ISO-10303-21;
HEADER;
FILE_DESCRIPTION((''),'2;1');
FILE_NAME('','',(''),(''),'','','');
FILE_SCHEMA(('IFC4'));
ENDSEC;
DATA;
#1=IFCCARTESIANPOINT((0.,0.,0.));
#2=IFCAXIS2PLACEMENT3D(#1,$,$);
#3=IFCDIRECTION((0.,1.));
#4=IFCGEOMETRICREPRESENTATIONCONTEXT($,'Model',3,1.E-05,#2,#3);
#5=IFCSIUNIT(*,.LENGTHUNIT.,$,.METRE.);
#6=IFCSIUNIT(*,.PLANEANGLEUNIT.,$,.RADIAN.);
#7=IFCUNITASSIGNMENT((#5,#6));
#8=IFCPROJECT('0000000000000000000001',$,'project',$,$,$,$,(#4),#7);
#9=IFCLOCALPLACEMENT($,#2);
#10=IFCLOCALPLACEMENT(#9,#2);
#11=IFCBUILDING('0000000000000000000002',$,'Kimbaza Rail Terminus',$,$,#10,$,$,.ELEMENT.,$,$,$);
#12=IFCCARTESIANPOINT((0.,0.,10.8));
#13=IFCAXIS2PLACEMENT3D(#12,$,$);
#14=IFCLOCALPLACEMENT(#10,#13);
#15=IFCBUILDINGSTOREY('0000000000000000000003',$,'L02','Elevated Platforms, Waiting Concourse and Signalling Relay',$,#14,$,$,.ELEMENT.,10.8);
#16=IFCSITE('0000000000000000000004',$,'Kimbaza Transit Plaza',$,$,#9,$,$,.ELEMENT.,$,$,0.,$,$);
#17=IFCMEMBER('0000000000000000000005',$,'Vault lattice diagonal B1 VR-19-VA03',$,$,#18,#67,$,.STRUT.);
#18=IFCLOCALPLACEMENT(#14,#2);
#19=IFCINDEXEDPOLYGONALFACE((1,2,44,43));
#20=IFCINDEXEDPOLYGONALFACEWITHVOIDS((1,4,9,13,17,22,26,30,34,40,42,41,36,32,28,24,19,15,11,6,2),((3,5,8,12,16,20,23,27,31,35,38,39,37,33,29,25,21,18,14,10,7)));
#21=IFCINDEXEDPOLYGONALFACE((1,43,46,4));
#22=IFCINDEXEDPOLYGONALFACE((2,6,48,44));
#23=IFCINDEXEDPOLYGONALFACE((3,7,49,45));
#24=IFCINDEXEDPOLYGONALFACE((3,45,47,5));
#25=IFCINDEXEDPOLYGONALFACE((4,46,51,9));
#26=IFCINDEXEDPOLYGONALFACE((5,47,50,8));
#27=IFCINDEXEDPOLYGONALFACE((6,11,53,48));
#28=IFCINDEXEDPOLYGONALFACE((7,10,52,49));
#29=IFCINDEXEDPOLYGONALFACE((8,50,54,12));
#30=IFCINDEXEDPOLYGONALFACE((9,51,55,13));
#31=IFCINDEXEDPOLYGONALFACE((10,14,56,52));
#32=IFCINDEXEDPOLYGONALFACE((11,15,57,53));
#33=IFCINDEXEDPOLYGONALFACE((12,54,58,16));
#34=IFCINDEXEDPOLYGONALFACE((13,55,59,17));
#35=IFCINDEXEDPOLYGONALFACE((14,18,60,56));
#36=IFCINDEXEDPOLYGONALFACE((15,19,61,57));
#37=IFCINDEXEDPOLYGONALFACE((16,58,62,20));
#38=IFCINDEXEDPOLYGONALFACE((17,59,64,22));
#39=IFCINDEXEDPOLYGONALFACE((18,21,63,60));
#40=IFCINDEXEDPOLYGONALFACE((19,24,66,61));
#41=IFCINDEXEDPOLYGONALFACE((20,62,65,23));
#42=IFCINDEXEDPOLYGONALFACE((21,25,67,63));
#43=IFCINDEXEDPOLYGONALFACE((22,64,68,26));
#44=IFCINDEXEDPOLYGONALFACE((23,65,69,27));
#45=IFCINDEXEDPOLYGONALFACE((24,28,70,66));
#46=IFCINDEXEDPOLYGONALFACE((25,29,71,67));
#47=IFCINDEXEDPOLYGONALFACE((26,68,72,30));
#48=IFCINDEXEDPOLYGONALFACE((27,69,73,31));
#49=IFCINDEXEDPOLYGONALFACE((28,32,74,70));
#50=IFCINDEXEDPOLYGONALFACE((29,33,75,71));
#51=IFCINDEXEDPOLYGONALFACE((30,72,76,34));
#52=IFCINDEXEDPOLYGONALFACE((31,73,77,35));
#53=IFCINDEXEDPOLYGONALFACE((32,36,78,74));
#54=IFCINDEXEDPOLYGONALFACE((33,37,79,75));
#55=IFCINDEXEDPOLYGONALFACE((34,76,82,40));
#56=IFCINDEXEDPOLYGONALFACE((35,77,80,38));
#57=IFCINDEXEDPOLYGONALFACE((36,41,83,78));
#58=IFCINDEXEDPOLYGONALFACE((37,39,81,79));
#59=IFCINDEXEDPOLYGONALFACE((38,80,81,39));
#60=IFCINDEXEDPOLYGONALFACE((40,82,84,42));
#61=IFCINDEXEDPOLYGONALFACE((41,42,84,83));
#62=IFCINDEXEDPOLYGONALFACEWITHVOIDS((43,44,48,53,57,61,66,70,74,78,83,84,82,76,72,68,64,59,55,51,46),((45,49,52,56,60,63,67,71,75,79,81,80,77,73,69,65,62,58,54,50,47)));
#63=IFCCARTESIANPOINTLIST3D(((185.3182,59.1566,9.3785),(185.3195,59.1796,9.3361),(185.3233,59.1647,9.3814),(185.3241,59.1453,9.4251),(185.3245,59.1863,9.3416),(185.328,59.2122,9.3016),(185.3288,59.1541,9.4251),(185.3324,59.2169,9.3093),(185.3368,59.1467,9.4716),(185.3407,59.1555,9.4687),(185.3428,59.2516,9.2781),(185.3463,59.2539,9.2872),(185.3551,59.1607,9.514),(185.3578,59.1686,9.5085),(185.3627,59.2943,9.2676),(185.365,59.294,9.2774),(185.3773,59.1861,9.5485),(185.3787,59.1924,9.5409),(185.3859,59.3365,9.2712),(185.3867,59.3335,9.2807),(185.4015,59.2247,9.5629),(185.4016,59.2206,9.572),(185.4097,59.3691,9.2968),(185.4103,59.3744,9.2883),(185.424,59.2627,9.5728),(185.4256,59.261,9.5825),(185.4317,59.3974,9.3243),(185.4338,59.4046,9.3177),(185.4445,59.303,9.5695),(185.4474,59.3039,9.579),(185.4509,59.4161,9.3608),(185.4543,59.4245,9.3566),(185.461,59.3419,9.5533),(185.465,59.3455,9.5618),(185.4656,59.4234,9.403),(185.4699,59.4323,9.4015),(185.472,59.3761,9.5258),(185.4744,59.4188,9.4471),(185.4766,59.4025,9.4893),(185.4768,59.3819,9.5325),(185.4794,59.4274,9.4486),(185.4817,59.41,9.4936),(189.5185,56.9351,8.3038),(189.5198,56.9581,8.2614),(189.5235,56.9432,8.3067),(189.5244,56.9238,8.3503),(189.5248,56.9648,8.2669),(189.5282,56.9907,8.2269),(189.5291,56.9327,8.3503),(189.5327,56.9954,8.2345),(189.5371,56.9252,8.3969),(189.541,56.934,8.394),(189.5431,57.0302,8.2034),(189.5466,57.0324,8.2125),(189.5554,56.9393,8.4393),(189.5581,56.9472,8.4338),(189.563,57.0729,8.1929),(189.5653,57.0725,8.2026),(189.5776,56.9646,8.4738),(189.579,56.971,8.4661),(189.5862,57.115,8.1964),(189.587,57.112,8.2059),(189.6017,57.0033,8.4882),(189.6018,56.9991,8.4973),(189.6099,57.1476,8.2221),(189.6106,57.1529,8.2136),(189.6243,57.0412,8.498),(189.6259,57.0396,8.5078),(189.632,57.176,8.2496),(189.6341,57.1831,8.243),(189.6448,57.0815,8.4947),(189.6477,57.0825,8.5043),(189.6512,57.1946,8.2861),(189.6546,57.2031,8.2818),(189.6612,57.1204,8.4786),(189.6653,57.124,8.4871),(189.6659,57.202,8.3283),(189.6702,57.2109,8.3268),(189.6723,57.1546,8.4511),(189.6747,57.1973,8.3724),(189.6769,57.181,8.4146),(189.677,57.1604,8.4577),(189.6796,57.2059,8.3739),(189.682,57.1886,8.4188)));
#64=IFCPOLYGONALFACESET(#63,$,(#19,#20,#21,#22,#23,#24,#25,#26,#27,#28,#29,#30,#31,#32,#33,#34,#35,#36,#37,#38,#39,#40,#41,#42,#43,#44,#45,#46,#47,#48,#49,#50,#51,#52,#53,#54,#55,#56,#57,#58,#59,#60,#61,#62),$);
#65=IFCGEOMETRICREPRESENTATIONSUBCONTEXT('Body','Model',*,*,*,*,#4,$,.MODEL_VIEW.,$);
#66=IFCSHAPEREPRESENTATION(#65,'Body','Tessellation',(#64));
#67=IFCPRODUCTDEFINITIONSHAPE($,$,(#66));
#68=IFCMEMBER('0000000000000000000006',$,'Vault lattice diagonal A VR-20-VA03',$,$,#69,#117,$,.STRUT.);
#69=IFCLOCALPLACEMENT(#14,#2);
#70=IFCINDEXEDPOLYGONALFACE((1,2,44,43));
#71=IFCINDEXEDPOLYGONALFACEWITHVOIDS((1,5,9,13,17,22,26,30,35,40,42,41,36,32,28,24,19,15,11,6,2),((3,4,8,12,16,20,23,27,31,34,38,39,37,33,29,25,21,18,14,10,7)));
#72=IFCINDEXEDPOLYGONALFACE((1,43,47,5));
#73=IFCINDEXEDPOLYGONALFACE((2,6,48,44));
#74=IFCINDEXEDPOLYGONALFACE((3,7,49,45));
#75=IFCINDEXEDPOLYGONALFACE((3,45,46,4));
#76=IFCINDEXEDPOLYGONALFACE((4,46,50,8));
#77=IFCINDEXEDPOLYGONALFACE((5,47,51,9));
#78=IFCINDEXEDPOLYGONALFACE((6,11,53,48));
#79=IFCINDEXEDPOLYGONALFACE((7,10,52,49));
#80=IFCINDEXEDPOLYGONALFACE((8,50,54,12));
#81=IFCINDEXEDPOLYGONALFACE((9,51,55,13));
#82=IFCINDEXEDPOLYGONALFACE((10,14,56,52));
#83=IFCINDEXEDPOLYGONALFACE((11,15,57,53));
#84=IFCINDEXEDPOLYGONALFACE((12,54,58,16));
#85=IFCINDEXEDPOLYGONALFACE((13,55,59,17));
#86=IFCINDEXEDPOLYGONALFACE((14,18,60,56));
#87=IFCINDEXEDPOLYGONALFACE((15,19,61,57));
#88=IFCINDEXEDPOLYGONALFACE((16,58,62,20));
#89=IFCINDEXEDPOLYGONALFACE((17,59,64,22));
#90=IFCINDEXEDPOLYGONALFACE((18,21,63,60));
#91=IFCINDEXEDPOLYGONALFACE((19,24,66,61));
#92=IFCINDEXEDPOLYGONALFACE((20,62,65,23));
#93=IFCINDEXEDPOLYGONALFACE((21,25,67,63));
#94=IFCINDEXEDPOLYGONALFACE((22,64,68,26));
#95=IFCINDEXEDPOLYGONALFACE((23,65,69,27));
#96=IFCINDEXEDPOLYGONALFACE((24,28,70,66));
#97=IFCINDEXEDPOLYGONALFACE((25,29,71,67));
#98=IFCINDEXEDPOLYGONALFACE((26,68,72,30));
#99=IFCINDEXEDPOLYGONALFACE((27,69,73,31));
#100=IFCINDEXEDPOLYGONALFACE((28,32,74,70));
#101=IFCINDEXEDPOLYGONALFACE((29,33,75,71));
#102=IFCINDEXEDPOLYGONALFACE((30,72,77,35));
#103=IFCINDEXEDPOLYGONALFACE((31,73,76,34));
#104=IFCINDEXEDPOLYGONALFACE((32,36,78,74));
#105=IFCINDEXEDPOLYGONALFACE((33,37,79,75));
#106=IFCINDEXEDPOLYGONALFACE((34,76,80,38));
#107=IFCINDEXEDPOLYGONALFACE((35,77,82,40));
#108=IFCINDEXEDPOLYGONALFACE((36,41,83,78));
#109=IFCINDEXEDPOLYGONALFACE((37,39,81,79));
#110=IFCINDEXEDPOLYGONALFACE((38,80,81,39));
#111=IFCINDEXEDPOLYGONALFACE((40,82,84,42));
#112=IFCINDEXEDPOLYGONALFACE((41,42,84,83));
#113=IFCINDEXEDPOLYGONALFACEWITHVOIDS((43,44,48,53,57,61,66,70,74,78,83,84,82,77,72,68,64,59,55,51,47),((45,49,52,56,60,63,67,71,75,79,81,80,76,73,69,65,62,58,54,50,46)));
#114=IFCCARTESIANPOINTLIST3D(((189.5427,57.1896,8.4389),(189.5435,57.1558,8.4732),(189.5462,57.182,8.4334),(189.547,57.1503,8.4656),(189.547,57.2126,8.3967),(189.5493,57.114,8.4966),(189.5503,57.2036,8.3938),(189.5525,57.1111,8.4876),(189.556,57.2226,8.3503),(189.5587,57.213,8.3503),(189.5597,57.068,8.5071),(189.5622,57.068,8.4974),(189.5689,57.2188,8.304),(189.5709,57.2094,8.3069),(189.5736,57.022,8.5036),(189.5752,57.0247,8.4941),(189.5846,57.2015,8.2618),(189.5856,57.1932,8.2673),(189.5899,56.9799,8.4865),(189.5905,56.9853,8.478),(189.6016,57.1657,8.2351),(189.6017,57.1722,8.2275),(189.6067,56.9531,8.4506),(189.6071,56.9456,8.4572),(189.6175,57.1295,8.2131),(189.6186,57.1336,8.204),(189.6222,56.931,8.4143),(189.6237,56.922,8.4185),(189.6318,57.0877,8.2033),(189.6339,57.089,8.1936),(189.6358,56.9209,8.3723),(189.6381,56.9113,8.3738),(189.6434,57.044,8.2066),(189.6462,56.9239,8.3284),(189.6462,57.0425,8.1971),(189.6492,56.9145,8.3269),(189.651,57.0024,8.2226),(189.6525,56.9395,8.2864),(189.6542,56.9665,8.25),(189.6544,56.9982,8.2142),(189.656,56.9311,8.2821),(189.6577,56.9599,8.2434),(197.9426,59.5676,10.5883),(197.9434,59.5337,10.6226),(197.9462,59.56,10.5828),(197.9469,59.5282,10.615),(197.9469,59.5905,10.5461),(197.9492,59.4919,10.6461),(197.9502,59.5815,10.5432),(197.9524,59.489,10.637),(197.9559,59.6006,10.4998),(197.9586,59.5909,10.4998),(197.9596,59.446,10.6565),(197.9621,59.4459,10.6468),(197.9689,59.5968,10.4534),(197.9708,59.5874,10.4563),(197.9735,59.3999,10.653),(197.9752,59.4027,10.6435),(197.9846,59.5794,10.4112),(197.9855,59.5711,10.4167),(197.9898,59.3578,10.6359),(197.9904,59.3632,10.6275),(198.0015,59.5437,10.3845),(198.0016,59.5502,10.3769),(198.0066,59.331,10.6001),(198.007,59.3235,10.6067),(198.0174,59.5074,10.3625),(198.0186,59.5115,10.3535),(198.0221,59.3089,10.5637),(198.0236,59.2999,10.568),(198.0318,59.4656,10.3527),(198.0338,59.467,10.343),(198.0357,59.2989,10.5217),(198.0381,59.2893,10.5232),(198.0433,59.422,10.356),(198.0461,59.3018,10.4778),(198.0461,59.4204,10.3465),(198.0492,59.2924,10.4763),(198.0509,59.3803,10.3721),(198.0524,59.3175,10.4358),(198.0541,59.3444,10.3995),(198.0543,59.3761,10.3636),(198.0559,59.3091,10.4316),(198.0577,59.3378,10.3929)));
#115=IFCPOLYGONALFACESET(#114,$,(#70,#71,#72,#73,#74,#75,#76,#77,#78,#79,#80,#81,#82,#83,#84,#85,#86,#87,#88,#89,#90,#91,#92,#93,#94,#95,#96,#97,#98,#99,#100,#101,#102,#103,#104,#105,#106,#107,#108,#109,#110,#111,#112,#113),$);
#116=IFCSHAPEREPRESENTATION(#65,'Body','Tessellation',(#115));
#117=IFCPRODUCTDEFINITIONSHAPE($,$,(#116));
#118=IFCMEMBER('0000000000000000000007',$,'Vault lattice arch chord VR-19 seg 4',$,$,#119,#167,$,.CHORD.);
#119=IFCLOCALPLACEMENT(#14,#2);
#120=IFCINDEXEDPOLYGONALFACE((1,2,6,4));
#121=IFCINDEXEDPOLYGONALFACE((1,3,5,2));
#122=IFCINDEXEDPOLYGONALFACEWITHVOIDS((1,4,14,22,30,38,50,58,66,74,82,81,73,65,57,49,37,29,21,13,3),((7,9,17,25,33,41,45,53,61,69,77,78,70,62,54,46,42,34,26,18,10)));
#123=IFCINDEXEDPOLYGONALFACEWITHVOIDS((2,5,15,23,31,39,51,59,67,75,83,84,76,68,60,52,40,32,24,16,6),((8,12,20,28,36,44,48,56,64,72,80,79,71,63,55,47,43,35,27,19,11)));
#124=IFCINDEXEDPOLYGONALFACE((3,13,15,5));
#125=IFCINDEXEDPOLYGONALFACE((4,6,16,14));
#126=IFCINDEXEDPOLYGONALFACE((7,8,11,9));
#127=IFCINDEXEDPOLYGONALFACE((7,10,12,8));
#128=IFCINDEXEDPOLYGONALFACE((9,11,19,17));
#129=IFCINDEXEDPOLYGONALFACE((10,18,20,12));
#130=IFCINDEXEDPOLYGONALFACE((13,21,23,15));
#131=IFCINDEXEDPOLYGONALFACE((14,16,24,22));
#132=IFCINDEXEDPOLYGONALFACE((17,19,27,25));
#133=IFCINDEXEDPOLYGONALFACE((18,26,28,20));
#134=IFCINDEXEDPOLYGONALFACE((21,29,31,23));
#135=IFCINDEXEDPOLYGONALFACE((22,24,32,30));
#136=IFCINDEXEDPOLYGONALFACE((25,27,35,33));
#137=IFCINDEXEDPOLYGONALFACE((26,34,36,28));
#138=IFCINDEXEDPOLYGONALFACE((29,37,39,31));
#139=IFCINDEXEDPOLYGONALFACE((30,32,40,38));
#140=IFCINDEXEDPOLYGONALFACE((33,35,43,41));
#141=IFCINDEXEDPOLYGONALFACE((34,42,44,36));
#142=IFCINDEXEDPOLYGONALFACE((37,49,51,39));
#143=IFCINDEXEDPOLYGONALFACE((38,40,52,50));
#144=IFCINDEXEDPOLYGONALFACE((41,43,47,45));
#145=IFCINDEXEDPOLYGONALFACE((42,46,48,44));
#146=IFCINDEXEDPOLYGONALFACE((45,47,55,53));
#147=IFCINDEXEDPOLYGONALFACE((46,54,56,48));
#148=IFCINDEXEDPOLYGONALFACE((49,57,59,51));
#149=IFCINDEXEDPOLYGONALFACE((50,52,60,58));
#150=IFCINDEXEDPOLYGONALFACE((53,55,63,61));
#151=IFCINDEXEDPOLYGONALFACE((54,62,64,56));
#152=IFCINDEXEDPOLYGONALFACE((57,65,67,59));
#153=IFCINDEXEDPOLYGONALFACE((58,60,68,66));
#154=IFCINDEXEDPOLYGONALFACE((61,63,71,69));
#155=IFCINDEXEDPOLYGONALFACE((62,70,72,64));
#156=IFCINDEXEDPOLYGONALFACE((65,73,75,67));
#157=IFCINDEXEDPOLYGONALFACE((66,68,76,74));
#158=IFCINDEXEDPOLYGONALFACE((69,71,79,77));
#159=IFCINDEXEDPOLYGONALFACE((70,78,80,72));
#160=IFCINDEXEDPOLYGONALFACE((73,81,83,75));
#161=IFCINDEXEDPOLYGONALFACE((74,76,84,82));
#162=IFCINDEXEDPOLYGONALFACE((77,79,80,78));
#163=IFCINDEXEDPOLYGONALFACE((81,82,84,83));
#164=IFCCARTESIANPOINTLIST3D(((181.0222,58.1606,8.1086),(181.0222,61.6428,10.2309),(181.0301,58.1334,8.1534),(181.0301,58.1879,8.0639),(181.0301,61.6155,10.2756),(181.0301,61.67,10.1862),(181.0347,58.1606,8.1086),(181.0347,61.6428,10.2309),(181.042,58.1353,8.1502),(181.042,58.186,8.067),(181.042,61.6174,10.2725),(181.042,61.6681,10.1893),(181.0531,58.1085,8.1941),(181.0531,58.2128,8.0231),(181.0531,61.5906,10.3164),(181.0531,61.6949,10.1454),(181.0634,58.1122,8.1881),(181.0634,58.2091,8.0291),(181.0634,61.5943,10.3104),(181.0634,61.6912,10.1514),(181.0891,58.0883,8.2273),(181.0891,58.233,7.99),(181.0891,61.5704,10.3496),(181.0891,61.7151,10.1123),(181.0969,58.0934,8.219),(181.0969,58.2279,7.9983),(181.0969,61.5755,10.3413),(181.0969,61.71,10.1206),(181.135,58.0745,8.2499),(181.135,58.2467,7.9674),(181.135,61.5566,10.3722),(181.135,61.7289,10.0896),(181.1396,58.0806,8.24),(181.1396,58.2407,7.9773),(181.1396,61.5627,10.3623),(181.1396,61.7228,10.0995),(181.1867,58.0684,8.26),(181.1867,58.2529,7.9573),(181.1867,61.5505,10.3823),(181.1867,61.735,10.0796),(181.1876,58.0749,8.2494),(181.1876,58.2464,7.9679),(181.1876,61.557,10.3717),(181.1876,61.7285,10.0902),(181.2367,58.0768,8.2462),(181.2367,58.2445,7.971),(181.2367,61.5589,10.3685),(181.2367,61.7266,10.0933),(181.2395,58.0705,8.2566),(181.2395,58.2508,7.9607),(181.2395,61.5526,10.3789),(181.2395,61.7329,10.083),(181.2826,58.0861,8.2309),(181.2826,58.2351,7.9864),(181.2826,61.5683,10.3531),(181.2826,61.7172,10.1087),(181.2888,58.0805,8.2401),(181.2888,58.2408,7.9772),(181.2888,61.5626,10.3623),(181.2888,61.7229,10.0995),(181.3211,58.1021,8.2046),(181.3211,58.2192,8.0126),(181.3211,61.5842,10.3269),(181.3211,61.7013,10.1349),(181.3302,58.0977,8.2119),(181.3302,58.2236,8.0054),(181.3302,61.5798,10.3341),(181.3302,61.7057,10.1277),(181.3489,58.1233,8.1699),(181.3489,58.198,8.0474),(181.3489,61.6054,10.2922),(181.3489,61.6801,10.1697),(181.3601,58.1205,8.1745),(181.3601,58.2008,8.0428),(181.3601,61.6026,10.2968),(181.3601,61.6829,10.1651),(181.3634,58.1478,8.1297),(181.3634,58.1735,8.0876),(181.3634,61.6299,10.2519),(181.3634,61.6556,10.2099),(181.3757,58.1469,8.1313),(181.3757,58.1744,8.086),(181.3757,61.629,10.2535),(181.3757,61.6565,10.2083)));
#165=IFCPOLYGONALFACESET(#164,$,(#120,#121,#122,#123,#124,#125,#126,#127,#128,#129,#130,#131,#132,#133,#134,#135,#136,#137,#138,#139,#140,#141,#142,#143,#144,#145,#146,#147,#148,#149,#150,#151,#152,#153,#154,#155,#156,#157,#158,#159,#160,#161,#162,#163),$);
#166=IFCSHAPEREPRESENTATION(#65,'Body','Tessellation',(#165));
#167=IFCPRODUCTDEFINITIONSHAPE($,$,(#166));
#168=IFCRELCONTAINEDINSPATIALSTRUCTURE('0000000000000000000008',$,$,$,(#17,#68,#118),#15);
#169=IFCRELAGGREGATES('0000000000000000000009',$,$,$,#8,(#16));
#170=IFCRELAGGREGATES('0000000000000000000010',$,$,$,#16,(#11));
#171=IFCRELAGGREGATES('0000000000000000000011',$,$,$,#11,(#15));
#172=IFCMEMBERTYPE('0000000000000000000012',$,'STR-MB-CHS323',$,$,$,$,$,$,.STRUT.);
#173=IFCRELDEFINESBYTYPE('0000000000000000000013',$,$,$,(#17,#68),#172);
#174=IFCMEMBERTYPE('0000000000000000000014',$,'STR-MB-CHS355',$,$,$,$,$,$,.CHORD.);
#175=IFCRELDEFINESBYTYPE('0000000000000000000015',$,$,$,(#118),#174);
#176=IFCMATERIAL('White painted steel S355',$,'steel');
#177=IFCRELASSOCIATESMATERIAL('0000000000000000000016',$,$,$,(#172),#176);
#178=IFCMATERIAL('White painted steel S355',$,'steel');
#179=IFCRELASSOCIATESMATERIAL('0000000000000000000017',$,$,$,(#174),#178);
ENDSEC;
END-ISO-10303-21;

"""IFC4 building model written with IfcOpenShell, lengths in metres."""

from ifc_helpers import new_model, si_unit, direction, frame, origin, origin_2d, place, context, subcontext, project, spatial, hollow_circle, extrude, material, material_profile, profile_set, type_object, element, save


model = new_model("IFC4")

# Units and contexts
model_context = context("Model", 3, precision=1e-05, world=origin(), true_north=direction((0.0, 1.0)))
body_context = subcontext(model_context, "Body", "Model", "MODEL_VIEW")
ifc_project = project(units=[si_unit("LENGTHUNIT", "METRE"), si_unit("PLANEANGLEUNIT", "RADIAN")], contexts=[model_context])

# Site, building, storey
site_placement = place(None, origin())
site = spatial("IfcSite", under=ifc_project, at=site_placement, Name="Kimbaza Transit Plaza", CompositionType="ELEMENT", RefElevation=0.0)
building_placement = place(site_placement, origin())
building = spatial("IfcBuilding", under=site, at=building_placement, Name="Kimbaza Rail Terminus", CompositionType="ELEMENT")
storey_placement = place(building_placement, frame((0.0, 0.0, 10.8)))
storey = spatial("IfcBuildingStorey", under=building, at=storey_placement, Name="L02", Description="Elevated Platforms, Waiting Concourse and Signalling Relay", CompositionType="ELEMENT", Elevation=10.8)

# Members
ifc_material_1 = material(Name="White painted steel S355", Category="steel")
ifc_material_profile_1 = material_profile(ifc_material_1, hollow_circle(Radius=0.1619, WallThickness=0.01, at=origin_2d()), Name="CHS 323.9x10")
ifc_profile_set_1 = profile_set([ifc_material_profile_1], Name="White painted steel S355")
member_type_1 = type_object("IfcMemberType", Name="STR-MB-CHS323", PredefinedType="STRUT", material=ifc_profile_set_1)
member_1_placement = place(storey_placement, frame((189.6001, 57.0669, 8.3503), z_axis=(-0.862199, 0.456007, 0.220612), x_axis=(-0.467526, -0.883979, 0.0)))
element("IfcMember", 1, at=member_1_placement, inside=storey, type_object=member_type_1, Name="Vault lattice diagonal B1 VR-19-VA03", PredefinedType="STRUT", context=body_context, shape_type="SweptSolid", body=[
    extrude(hollow_circle(Radius=0.1619, WallThickness=0.01, at=origin_2d()), origin(), (0.0, 0.0, 1.0), 4.8716),
])
member_2_placement = place(storey_placement, frame((189.6001, 57.0669, 8.3503), z_axis=(0.934287, 0.264487, 0.239071), x_axis=(-0.272386, 0.962188, 0.0)))
element("IfcMember", 2, at=member_2_placement, inside=storey, type_object=member_type_1, Name="Vault lattice diagonal A VR-20-VA03", PredefinedType="STRUT", context=body_context, shape_type="SweptSolid", body=[
    extrude(hollow_circle(Radius=0.1619, WallThickness=0.01, at=origin_2d()), origin(), (0.0, 0.0, 1.0), 8.9907),
])
ifc_material_2 = material(Name="White painted steel S355", Category="steel")
ifc_material_profile_2 = material_profile(ifc_material_2, hollow_circle(Radius=0.1777, WallThickness=0.0125, at=origin_2d()), Name="CHS 355.6x12.5")
ifc_profile_set_2 = profile_set([ifc_material_profile_2], Name="White painted steel S355")
member_type_2 = type_object("IfcMemberType", Name="STR-MB-CHS355", PredefinedType="CHORD", material=ifc_profile_set_2)
member_3_placement = place(storey_placement, frame((181.2, 58.1606, 8.1086), z_axis=(0.0, 0.853901, 0.520435), x_axis=(-1.0, 0.0, 0.0)))
element("IfcMember", 3, at=member_3_placement, inside=storey, type_object=member_type_2, Name="Vault lattice arch chord VR-19 seg 4", PredefinedType="CHORD", context=body_context, shape_type="SweptSolid", body=[
    extrude(hollow_circle(Radius=0.1777, WallThickness=0.0125, at=origin_2d()), origin(), (0.0, 0.0, 1.0), 4.0779),
])

save(model, "model.ifc")
